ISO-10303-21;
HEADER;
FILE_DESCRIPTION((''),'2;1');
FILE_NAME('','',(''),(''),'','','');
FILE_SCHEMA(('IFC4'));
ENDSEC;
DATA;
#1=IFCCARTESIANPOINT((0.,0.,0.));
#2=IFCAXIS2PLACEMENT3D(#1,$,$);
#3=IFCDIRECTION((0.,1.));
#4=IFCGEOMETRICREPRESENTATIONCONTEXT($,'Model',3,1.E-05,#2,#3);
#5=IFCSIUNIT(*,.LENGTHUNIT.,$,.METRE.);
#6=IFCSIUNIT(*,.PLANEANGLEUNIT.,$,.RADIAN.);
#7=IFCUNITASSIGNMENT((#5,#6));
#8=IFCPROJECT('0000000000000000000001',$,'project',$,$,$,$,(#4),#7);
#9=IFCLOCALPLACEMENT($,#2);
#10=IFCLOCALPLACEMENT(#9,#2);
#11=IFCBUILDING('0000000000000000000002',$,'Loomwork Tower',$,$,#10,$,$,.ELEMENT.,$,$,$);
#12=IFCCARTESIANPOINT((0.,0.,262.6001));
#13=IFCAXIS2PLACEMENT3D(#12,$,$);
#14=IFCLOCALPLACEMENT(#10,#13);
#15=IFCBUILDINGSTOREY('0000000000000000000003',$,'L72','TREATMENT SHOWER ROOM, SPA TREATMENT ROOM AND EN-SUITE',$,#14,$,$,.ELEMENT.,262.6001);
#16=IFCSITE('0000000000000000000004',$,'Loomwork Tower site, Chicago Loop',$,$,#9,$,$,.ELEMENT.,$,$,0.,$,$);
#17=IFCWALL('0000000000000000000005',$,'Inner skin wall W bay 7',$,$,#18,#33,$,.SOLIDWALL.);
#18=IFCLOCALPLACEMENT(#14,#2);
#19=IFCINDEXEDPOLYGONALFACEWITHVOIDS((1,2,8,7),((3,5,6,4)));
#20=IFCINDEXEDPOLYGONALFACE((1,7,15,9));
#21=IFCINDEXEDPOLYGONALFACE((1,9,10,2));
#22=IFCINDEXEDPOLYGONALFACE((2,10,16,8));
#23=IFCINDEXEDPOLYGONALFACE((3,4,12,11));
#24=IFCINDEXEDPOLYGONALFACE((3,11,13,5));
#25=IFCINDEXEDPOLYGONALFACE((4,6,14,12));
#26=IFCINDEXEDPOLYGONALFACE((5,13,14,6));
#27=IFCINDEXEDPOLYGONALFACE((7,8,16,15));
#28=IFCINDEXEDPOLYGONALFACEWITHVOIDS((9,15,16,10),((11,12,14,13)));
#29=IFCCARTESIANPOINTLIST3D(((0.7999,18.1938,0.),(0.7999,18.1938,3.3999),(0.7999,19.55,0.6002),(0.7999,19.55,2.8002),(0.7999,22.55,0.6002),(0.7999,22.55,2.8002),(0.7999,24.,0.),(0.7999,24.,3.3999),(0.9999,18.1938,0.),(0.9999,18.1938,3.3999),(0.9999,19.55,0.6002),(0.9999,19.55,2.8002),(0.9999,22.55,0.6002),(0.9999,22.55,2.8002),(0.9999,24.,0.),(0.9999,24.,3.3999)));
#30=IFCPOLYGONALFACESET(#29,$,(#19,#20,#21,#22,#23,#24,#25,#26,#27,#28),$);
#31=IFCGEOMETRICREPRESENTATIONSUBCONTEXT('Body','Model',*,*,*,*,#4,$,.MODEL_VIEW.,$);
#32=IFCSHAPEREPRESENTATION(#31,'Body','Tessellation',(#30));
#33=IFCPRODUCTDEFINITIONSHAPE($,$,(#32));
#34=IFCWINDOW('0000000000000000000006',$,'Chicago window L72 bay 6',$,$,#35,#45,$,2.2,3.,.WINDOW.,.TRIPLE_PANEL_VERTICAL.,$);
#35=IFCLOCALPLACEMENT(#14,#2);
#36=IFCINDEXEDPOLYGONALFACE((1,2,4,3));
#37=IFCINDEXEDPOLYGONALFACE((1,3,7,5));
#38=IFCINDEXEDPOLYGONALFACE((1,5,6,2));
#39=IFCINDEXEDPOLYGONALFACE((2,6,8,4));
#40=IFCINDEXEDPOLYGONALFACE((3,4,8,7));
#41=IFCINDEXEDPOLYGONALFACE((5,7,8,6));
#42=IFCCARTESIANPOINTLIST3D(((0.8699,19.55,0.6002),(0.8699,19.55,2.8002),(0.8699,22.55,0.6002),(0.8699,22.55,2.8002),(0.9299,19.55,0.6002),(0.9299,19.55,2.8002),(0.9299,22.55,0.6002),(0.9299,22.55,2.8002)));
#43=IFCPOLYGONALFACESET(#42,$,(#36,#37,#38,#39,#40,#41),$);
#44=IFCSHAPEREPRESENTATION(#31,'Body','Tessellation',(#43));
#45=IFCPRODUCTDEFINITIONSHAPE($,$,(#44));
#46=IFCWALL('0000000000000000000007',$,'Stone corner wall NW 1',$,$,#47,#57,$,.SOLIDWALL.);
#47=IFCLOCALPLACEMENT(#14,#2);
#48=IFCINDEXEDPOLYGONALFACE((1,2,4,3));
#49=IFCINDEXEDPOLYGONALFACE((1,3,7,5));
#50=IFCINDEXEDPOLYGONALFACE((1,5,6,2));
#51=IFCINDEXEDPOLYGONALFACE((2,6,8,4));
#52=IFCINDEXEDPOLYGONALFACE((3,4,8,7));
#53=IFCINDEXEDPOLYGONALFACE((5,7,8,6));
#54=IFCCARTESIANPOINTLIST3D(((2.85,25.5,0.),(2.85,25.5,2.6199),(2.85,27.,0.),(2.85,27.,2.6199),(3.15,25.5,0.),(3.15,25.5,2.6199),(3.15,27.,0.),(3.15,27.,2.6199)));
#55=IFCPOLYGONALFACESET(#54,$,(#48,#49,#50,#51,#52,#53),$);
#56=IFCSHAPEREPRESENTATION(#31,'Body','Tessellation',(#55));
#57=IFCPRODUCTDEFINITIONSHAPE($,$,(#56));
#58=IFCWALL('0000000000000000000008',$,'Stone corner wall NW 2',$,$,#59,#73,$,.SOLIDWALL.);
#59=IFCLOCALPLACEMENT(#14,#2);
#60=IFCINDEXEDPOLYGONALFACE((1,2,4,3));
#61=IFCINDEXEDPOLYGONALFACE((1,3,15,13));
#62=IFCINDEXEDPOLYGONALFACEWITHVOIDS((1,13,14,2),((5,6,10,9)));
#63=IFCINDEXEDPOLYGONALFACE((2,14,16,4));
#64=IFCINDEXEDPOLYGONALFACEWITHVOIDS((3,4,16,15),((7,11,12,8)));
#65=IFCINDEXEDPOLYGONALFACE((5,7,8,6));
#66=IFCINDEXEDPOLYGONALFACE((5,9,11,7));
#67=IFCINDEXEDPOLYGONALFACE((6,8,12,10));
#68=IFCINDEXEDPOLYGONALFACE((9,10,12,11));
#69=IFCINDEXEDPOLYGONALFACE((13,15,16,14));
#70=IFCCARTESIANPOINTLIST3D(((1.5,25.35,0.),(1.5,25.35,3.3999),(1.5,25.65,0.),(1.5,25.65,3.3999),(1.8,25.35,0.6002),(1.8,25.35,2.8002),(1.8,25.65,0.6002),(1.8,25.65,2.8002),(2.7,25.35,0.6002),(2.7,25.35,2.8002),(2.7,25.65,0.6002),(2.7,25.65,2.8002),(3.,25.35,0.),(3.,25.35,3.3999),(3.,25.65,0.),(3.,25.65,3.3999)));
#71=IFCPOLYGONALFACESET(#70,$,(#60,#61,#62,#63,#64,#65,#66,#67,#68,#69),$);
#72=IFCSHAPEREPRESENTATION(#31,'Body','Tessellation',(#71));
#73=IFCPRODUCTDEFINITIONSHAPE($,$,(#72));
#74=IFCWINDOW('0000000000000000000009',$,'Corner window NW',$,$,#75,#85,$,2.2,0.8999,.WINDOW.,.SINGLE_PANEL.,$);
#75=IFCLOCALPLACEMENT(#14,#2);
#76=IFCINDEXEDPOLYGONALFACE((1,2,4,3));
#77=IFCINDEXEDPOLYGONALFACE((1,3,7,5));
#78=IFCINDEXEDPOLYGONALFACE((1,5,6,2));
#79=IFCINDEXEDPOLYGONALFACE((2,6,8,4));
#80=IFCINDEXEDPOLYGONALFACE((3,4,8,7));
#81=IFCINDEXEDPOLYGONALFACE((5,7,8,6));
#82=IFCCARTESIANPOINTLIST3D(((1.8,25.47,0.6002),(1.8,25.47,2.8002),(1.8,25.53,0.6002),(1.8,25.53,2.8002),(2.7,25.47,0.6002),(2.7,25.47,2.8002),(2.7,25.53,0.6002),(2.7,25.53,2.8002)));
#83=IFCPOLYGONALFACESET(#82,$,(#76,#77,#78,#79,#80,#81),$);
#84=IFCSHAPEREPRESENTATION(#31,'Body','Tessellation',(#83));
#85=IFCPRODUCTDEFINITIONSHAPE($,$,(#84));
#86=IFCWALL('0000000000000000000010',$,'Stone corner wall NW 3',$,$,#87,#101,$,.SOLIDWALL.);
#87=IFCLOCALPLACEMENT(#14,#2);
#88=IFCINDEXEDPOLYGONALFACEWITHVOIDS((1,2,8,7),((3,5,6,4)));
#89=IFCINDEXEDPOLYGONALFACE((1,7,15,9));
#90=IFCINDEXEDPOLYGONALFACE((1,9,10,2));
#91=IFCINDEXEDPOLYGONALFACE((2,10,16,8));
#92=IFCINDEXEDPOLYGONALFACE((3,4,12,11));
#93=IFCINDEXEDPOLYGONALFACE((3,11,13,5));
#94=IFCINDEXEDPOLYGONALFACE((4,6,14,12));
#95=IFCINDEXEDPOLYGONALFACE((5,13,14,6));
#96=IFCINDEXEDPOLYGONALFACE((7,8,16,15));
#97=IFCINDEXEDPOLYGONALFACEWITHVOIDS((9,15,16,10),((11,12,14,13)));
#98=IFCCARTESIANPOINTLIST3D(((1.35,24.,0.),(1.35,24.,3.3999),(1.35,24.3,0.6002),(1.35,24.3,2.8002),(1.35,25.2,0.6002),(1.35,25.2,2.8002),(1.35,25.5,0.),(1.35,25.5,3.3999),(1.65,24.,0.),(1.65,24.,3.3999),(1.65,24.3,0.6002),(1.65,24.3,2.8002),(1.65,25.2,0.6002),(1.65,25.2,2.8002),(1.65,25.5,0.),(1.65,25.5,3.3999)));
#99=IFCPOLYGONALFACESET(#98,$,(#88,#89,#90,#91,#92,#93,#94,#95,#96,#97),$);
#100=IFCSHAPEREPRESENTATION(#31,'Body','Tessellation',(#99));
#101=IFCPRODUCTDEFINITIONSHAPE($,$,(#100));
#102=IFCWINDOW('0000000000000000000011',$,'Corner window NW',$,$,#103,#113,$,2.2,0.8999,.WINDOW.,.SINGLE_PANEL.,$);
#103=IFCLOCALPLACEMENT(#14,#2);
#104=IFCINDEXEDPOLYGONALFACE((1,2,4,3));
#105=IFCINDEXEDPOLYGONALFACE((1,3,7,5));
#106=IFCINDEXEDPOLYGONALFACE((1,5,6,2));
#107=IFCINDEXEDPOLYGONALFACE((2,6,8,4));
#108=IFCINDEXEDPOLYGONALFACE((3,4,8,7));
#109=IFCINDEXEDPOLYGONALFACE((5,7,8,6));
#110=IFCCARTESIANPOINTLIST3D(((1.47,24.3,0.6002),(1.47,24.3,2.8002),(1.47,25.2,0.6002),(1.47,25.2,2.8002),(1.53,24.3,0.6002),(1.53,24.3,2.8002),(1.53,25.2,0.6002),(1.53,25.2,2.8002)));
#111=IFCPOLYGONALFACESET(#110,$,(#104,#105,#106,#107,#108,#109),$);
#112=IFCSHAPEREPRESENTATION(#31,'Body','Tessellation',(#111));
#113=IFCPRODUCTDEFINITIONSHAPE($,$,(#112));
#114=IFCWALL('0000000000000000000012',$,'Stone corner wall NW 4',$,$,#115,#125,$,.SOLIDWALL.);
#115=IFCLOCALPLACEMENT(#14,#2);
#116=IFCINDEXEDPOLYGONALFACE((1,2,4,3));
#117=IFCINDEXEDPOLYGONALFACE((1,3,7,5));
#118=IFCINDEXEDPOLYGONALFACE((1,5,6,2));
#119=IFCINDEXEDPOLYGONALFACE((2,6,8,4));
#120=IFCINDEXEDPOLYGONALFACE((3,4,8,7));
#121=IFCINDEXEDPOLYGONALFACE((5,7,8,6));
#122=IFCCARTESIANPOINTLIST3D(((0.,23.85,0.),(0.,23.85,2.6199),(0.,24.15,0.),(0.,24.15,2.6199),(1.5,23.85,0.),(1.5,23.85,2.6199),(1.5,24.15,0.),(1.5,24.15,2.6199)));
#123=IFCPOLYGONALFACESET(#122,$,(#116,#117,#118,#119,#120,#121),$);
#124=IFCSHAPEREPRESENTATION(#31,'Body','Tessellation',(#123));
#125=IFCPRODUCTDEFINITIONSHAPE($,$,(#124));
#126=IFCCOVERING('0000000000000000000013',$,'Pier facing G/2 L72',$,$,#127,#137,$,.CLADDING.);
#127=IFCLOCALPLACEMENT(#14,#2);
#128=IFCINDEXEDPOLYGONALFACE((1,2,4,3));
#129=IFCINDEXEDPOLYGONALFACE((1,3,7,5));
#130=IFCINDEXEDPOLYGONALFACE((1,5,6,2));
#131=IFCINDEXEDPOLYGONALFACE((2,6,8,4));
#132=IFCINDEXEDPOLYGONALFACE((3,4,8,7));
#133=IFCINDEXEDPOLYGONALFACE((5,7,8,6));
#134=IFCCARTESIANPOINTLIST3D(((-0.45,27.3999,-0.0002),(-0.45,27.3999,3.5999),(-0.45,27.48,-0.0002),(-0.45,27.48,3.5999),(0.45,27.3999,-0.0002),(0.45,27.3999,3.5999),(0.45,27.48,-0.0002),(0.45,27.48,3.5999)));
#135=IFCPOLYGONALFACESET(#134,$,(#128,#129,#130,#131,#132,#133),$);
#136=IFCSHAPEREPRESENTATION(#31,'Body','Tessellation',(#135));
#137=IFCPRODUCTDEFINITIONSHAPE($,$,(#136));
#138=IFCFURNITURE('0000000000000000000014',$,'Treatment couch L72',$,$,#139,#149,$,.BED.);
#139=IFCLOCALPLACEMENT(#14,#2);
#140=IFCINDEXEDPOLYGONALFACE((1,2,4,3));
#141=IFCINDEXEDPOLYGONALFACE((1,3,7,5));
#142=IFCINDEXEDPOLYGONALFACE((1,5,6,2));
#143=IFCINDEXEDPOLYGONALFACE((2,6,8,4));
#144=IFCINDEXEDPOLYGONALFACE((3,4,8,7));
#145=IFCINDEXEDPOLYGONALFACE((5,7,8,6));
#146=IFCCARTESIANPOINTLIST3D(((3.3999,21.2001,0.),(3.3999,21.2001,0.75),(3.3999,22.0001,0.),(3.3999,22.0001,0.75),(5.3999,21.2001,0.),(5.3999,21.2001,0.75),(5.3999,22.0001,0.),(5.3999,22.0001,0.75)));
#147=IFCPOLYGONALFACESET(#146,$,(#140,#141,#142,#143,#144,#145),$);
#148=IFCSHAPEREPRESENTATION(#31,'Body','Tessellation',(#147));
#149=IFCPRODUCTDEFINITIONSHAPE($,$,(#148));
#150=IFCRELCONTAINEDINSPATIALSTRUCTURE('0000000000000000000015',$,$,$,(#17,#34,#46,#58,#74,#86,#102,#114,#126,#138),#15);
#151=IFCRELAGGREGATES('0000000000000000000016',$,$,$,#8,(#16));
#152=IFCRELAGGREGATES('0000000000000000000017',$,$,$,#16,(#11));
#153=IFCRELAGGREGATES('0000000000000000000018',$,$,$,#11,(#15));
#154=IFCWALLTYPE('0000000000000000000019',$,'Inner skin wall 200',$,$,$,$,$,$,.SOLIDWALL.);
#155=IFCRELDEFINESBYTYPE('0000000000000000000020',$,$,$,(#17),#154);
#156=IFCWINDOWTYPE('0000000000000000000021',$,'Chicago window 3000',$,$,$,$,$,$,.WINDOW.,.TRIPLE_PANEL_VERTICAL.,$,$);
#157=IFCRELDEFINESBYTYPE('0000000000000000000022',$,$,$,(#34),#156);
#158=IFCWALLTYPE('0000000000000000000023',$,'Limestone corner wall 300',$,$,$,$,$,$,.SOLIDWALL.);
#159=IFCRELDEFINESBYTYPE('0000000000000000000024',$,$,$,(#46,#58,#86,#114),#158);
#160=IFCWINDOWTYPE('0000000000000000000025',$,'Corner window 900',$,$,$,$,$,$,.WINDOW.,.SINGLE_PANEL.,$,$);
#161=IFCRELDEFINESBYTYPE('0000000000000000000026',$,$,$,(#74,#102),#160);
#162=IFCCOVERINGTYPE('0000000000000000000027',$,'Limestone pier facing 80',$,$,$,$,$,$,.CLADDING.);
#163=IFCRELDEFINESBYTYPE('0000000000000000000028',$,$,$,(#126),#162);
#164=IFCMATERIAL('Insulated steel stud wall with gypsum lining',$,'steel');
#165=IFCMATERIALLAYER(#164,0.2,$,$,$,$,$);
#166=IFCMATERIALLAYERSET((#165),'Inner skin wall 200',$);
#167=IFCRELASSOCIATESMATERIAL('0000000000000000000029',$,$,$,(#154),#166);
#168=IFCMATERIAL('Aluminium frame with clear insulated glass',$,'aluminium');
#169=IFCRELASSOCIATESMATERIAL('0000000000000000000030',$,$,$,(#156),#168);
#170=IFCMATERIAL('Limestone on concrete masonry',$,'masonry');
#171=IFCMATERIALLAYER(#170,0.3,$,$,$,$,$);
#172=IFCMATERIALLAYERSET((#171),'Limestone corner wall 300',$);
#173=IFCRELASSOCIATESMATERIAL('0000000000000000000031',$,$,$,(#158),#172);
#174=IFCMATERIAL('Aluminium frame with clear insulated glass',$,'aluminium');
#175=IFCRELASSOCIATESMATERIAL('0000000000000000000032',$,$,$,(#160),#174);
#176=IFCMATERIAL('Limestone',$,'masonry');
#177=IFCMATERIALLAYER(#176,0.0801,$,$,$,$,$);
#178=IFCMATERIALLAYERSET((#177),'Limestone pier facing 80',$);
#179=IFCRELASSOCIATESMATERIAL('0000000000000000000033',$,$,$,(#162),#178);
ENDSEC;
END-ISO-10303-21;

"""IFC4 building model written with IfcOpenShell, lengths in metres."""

from ifc_helpers import new_model, si_unit, direction, frame, frame_2d, origin, origin_2d, place, context, subcontext, project, spatial, rectangle, extrude, material, layer, layer_set, type_object, element, fill, save


model = new_model("IFC4")

# Units and contexts
model_context = context("Model", 3, precision=1e-05, world=origin(), true_north=direction((0.0, 1.0)))
body_context = subcontext(model_context, "Body", "Model", "MODEL_VIEW")
ifc_project = project(units=[si_unit("LENGTHUNIT", "METRE"), si_unit("PLANEANGLEUNIT", "RADIAN")], contexts=[model_context])

# Site, building, storey
site_placement = place(None, origin())
site = spatial("IfcSite", under=ifc_project, at=site_placement, Name="Loomwork Tower site, Chicago Loop", CompositionType="ELEMENT", RefElevation=0.0)
building_placement = place(site_placement, origin())
building = spatial("IfcBuilding", under=site, at=building_placement, Name="Loomwork Tower", CompositionType="ELEMENT")
storey_placement = place(building_placement, frame((0.0, 0.0, 262.6001)))
storey = spatial("IfcBuildingStorey", under=building, at=storey_placement, Name="L72", Description="TREATMENT SHOWER ROOM, SPA TREATMENT ROOM AND EN-SUITE", CompositionType="ELEMENT", Elevation=262.6001)

# Wall, opening, window
ifc_material_1 = material(Name="Insulated steel stud wall with gypsum lining", Category="steel")
ifc_layer_1 = layer(ifc_material_1, 0.2)
ifc_layer_set_1 = layer_set([ifc_layer_1], Name="Inner skin wall 200")
wall_type_1 = type_object("IfcWallType", Name="Inner skin wall 200", PredefinedType="SOLIDWALL", material=ifc_layer_set_1)
wall_1_placement = place(storey_placement, frame((0.8999, 18.1938, 0.0), z_axis=(0.0, 0.0, 1.0), x_axis=(0.0, 1.0, 0.0)))
wall_1 = element("IfcWall", 1, at=wall_1_placement, inside=storey, type_object=wall_type_1, Name="Inner skin wall W bay 7", PredefinedType="SOLIDWALL", context=body_context, shape_type="SweptSolid", body=[
    extrude(rectangle(XDim=5.8062, YDim=0.2, at=frame_2d((2.9031, 0.0))), origin(), (0.0, 0.0, 1.0), 3.3999),
])
opening_1_placement = place(wall_1_placement, frame((1.3562, 0.0, 0.6001)))
opening_1 = element("IfcOpeningElement", 2, at=opening_1_placement, cuts=wall_1, PredefinedType="OPENING", context=body_context, shape_type="SweptSolid", body=[
    extrude(rectangle(XDim=3.0, YDim=2.2, at=frame_2d((1.5, 1.1001))), frame((0.0, 0.1099, 0.0), z_axis=(0.0, -1.0, 0.0), x_axis=(1.0, 0.0, 0.0)), (0.0, 0.0, 1.0), 0.22),
])
ifc_material_2 = material(Name="Aluminium frame with clear insulated glass", Category="aluminium")
window_type_1 = type_object("IfcWindowType", Name="Chicago window 3000", PartitioningType="TRIPLE_PANEL_VERTICAL", PredefinedType="WINDOW", material=ifc_material_2)
window_1_placement = place(opening_1_placement, origin())
window_1 = element("IfcWindow", 3, at=window_1_placement, inside=storey, type_object=window_type_1, Name="Chicago window L72 bay 6", OverallHeight=2.2, OverallWidth=3.0, PartitioningType="TRIPLE_PANEL_VERTICAL", PredefinedType="WINDOW", context=body_context, shape_type="SweptSolid", body=[
    extrude(rectangle(XDim=3.0, YDim=2.2, at=frame_2d((1.5, 1.1001))), frame((0.0, 0.03, 0.0), z_axis=(0.0, -1.0, 0.0), x_axis=(1.0, 0.0, 0.0)), (0.0, 0.0, 1.0), 0.0601),
])
fill(opening_1, window_1)

# Wall
ifc_material_3 = material(Name="Limestone on concrete masonry", Category="masonry")
ifc_layer_2 = layer(ifc_material_3, 0.3)
ifc_layer_set_2 = layer_set([ifc_layer_2], Name="Limestone corner wall 300")
wall_type_2 = type_object("IfcWallType", Name="Limestone corner wall 300", PredefinedType="SOLIDWALL", material=ifc_layer_set_2)
wall_2_placement = place(storey_placement, frame((3.0, 27.0, 0.0), z_axis=(0.0, 0.0, 1.0), x_axis=(0.0, -1.0, 0.0)))
element("IfcWall", 4, at=wall_2_placement, inside=storey, type_object=wall_type_2, Name="Stone corner wall NW 1", PredefinedType="SOLIDWALL", context=body_context, shape_type="SweptSolid", body=[
    extrude(rectangle(XDim=1.5, YDim=0.3, at=frame_2d((0.75, 0.0))), origin(), (0.0, 0.0, 1.0), 2.6199),
])

# Walls, openings, windows
wall_3_placement = place(storey_placement, frame((3.0, 25.5, 0.0), z_axis=(0.0, 0.0, 1.0), x_axis=(-1.0, 0.0, 0.0)))
wall_3 = element("IfcWall", 5, at=wall_3_placement, inside=storey, type_object=wall_type_2, Name="Stone corner wall NW 2", PredefinedType="SOLIDWALL", context=body_context, shape_type="SweptSolid", body=[
    extrude(rectangle(XDim=1.5, YDim=0.3, at=frame_2d((0.75, 0.0))), origin(), (0.0, 0.0, 1.0), 3.3999),
])
opening_2_placement = place(wall_3_placement, frame((0.3, 0.0, 0.6001)))
opening_2 = element("IfcOpeningElement", 6, at=opening_2_placement, cuts=wall_3, PredefinedType="OPENING", context=body_context, shape_type="SweptSolid", body=[
    extrude(rectangle(XDim=0.8999, YDim=2.2, at=frame_2d((0.45, 1.1001))), frame((0.0, 0.1599, 0.0), z_axis=(0.0, -1.0, 0.0), x_axis=(1.0, 0.0, 0.0)), (0.0, 0.0, 1.0), 0.3201),
])
ifc_material_4 = material(Name="Aluminium frame with clear insulated glass", Category="aluminium")
window_type_2 = type_object("IfcWindowType", Name="Corner window 900", PartitioningType="SINGLE_PANEL", PredefinedType="WINDOW", material=ifc_material_4)
window_2_placement = place(opening_2_placement, origin())
window_2 = element("IfcWindow", 7, at=window_2_placement, inside=storey, type_object=window_type_2, Name="Corner window NW", OverallHeight=2.2, OverallWidth=0.8999, PartitioningType="SINGLE_PANEL", PredefinedType="WINDOW", context=body_context, shape_type="SweptSolid", body=[
    extrude(rectangle(XDim=0.8999, YDim=2.2, at=frame_2d((0.45, 1.1001))), frame((0.0, 0.03, 0.0), z_axis=(0.0, -1.0, 0.0), x_axis=(1.0, 0.0, 0.0)), (0.0, 0.0, 1.0), 0.0601),
])
fill(opening_2, window_2)
wall_4_placement = place(storey_placement, frame((1.5, 25.5, 0.0), z_axis=(0.0, 0.0, 1.0), x_axis=(0.0, -1.0, 0.0)))
wall_4 = element("IfcWall", 8, at=wall_4_placement, inside=storey, type_object=wall_type_2, Name="Stone corner wall NW 3", PredefinedType="SOLIDWALL", context=body_context, shape_type="SweptSolid", body=[
    extrude(rectangle(XDim=1.5, YDim=0.3, at=frame_2d((0.75, 0.0))), origin(), (0.0, 0.0, 1.0), 3.3999),
])
opening_3_placement = place(wall_4_placement, frame((0.3, 0.0, 0.6001)))
opening_3 = element("IfcOpeningElement", 9, at=opening_3_placement, cuts=wall_4, PredefinedType="OPENING", context=body_context, shape_type="SweptSolid", body=[
    extrude(rectangle(XDim=0.8999, YDim=2.2, at=frame_2d((0.45, 1.1001))), frame((0.0, 0.1599, 0.0), z_axis=(0.0, -1.0, 0.0), x_axis=(1.0, 0.0, 0.0)), (0.0, 0.0, 1.0), 0.3201),
])
window_3_placement = place(opening_3_placement, origin())
window_3 = element("IfcWindow", 10, at=window_3_placement, inside=storey, type_object=window_type_2, Name="Corner window NW", OverallHeight=2.2, OverallWidth=0.8999, PartitioningType="SINGLE_PANEL", PredefinedType="WINDOW", context=body_context, shape_type="SweptSolid", body=[
    extrude(rectangle(XDim=0.8999, YDim=2.2, at=frame_2d((0.45, 1.1001))), frame((0.0, 0.03, 0.0), z_axis=(0.0, -1.0, 0.0), x_axis=(1.0, 0.0, 0.0)), (0.0, 0.0, 1.0), 0.0601),
])
fill(opening_3, window_3)

# Wall
wall_5_placement = place(storey_placement, frame((1.5, 24.0, 0.0), z_axis=(0.0, 0.0, 1.0), x_axis=(-1.0, 0.0, 0.0)))
element("IfcWall", 11, at=wall_5_placement, inside=storey, type_object=wall_type_2, Name="Stone corner wall NW 4", PredefinedType="SOLIDWALL", context=body_context, shape_type="SweptSolid", body=[
    extrude(rectangle(XDim=1.5, YDim=0.3, at=frame_2d((0.75, 0.0))), origin(), (0.0, 0.0, 1.0), 2.6199),
])

# Covering
ifc_material_5 = material(Name="Limestone", Category="masonry")
ifc_layer_3 = layer(ifc_material_5, 0.0801)
ifc_layer_set_3 = layer_set([ifc_layer_3], Name="Limestone pier facing 80")
covering_type = type_object("IfcCoveringType", Name="Limestone pier facing 80", PredefinedType="CLADDING", material=ifc_layer_set_3)
covering_placement = place(storey_placement, frame((0.0, 27.4399, -0.0002), z_axis=(0.0, 0.0, 1.0), x_axis=(1.0, 0.0, 0.0)))
element("IfcCovering", 12, at=covering_placement, inside=storey, type_object=covering_type, Name="Pier facing G/2 L72", PredefinedType="CLADDING", context=body_context, shape_type="SweptSolid", body=[
    extrude(rectangle(XDim=0.8999, YDim=0.0801, at=origin_2d()), origin(), (0.0, 0.0, 1.0), 3.6001),
])

# Furniture
furniture_placement = place(storey_placement, frame((4.3999, 21.6001, 0.0), z_axis=(0.0, 0.0, 1.0), x_axis=(1.0, 0.0, 0.0)))
element("IfcFurniture", 13, at=furniture_placement, inside=storey, Name="Treatment couch L72", PredefinedType="BED", context=body_context, shape_type="SweptSolid", body=[
    extrude(rectangle(XDim=2.0, YDim=0.8, at=origin_2d()), origin(), (0.0, 0.0, 1.0), 0.75),
])

save(model, "model.ifc")
